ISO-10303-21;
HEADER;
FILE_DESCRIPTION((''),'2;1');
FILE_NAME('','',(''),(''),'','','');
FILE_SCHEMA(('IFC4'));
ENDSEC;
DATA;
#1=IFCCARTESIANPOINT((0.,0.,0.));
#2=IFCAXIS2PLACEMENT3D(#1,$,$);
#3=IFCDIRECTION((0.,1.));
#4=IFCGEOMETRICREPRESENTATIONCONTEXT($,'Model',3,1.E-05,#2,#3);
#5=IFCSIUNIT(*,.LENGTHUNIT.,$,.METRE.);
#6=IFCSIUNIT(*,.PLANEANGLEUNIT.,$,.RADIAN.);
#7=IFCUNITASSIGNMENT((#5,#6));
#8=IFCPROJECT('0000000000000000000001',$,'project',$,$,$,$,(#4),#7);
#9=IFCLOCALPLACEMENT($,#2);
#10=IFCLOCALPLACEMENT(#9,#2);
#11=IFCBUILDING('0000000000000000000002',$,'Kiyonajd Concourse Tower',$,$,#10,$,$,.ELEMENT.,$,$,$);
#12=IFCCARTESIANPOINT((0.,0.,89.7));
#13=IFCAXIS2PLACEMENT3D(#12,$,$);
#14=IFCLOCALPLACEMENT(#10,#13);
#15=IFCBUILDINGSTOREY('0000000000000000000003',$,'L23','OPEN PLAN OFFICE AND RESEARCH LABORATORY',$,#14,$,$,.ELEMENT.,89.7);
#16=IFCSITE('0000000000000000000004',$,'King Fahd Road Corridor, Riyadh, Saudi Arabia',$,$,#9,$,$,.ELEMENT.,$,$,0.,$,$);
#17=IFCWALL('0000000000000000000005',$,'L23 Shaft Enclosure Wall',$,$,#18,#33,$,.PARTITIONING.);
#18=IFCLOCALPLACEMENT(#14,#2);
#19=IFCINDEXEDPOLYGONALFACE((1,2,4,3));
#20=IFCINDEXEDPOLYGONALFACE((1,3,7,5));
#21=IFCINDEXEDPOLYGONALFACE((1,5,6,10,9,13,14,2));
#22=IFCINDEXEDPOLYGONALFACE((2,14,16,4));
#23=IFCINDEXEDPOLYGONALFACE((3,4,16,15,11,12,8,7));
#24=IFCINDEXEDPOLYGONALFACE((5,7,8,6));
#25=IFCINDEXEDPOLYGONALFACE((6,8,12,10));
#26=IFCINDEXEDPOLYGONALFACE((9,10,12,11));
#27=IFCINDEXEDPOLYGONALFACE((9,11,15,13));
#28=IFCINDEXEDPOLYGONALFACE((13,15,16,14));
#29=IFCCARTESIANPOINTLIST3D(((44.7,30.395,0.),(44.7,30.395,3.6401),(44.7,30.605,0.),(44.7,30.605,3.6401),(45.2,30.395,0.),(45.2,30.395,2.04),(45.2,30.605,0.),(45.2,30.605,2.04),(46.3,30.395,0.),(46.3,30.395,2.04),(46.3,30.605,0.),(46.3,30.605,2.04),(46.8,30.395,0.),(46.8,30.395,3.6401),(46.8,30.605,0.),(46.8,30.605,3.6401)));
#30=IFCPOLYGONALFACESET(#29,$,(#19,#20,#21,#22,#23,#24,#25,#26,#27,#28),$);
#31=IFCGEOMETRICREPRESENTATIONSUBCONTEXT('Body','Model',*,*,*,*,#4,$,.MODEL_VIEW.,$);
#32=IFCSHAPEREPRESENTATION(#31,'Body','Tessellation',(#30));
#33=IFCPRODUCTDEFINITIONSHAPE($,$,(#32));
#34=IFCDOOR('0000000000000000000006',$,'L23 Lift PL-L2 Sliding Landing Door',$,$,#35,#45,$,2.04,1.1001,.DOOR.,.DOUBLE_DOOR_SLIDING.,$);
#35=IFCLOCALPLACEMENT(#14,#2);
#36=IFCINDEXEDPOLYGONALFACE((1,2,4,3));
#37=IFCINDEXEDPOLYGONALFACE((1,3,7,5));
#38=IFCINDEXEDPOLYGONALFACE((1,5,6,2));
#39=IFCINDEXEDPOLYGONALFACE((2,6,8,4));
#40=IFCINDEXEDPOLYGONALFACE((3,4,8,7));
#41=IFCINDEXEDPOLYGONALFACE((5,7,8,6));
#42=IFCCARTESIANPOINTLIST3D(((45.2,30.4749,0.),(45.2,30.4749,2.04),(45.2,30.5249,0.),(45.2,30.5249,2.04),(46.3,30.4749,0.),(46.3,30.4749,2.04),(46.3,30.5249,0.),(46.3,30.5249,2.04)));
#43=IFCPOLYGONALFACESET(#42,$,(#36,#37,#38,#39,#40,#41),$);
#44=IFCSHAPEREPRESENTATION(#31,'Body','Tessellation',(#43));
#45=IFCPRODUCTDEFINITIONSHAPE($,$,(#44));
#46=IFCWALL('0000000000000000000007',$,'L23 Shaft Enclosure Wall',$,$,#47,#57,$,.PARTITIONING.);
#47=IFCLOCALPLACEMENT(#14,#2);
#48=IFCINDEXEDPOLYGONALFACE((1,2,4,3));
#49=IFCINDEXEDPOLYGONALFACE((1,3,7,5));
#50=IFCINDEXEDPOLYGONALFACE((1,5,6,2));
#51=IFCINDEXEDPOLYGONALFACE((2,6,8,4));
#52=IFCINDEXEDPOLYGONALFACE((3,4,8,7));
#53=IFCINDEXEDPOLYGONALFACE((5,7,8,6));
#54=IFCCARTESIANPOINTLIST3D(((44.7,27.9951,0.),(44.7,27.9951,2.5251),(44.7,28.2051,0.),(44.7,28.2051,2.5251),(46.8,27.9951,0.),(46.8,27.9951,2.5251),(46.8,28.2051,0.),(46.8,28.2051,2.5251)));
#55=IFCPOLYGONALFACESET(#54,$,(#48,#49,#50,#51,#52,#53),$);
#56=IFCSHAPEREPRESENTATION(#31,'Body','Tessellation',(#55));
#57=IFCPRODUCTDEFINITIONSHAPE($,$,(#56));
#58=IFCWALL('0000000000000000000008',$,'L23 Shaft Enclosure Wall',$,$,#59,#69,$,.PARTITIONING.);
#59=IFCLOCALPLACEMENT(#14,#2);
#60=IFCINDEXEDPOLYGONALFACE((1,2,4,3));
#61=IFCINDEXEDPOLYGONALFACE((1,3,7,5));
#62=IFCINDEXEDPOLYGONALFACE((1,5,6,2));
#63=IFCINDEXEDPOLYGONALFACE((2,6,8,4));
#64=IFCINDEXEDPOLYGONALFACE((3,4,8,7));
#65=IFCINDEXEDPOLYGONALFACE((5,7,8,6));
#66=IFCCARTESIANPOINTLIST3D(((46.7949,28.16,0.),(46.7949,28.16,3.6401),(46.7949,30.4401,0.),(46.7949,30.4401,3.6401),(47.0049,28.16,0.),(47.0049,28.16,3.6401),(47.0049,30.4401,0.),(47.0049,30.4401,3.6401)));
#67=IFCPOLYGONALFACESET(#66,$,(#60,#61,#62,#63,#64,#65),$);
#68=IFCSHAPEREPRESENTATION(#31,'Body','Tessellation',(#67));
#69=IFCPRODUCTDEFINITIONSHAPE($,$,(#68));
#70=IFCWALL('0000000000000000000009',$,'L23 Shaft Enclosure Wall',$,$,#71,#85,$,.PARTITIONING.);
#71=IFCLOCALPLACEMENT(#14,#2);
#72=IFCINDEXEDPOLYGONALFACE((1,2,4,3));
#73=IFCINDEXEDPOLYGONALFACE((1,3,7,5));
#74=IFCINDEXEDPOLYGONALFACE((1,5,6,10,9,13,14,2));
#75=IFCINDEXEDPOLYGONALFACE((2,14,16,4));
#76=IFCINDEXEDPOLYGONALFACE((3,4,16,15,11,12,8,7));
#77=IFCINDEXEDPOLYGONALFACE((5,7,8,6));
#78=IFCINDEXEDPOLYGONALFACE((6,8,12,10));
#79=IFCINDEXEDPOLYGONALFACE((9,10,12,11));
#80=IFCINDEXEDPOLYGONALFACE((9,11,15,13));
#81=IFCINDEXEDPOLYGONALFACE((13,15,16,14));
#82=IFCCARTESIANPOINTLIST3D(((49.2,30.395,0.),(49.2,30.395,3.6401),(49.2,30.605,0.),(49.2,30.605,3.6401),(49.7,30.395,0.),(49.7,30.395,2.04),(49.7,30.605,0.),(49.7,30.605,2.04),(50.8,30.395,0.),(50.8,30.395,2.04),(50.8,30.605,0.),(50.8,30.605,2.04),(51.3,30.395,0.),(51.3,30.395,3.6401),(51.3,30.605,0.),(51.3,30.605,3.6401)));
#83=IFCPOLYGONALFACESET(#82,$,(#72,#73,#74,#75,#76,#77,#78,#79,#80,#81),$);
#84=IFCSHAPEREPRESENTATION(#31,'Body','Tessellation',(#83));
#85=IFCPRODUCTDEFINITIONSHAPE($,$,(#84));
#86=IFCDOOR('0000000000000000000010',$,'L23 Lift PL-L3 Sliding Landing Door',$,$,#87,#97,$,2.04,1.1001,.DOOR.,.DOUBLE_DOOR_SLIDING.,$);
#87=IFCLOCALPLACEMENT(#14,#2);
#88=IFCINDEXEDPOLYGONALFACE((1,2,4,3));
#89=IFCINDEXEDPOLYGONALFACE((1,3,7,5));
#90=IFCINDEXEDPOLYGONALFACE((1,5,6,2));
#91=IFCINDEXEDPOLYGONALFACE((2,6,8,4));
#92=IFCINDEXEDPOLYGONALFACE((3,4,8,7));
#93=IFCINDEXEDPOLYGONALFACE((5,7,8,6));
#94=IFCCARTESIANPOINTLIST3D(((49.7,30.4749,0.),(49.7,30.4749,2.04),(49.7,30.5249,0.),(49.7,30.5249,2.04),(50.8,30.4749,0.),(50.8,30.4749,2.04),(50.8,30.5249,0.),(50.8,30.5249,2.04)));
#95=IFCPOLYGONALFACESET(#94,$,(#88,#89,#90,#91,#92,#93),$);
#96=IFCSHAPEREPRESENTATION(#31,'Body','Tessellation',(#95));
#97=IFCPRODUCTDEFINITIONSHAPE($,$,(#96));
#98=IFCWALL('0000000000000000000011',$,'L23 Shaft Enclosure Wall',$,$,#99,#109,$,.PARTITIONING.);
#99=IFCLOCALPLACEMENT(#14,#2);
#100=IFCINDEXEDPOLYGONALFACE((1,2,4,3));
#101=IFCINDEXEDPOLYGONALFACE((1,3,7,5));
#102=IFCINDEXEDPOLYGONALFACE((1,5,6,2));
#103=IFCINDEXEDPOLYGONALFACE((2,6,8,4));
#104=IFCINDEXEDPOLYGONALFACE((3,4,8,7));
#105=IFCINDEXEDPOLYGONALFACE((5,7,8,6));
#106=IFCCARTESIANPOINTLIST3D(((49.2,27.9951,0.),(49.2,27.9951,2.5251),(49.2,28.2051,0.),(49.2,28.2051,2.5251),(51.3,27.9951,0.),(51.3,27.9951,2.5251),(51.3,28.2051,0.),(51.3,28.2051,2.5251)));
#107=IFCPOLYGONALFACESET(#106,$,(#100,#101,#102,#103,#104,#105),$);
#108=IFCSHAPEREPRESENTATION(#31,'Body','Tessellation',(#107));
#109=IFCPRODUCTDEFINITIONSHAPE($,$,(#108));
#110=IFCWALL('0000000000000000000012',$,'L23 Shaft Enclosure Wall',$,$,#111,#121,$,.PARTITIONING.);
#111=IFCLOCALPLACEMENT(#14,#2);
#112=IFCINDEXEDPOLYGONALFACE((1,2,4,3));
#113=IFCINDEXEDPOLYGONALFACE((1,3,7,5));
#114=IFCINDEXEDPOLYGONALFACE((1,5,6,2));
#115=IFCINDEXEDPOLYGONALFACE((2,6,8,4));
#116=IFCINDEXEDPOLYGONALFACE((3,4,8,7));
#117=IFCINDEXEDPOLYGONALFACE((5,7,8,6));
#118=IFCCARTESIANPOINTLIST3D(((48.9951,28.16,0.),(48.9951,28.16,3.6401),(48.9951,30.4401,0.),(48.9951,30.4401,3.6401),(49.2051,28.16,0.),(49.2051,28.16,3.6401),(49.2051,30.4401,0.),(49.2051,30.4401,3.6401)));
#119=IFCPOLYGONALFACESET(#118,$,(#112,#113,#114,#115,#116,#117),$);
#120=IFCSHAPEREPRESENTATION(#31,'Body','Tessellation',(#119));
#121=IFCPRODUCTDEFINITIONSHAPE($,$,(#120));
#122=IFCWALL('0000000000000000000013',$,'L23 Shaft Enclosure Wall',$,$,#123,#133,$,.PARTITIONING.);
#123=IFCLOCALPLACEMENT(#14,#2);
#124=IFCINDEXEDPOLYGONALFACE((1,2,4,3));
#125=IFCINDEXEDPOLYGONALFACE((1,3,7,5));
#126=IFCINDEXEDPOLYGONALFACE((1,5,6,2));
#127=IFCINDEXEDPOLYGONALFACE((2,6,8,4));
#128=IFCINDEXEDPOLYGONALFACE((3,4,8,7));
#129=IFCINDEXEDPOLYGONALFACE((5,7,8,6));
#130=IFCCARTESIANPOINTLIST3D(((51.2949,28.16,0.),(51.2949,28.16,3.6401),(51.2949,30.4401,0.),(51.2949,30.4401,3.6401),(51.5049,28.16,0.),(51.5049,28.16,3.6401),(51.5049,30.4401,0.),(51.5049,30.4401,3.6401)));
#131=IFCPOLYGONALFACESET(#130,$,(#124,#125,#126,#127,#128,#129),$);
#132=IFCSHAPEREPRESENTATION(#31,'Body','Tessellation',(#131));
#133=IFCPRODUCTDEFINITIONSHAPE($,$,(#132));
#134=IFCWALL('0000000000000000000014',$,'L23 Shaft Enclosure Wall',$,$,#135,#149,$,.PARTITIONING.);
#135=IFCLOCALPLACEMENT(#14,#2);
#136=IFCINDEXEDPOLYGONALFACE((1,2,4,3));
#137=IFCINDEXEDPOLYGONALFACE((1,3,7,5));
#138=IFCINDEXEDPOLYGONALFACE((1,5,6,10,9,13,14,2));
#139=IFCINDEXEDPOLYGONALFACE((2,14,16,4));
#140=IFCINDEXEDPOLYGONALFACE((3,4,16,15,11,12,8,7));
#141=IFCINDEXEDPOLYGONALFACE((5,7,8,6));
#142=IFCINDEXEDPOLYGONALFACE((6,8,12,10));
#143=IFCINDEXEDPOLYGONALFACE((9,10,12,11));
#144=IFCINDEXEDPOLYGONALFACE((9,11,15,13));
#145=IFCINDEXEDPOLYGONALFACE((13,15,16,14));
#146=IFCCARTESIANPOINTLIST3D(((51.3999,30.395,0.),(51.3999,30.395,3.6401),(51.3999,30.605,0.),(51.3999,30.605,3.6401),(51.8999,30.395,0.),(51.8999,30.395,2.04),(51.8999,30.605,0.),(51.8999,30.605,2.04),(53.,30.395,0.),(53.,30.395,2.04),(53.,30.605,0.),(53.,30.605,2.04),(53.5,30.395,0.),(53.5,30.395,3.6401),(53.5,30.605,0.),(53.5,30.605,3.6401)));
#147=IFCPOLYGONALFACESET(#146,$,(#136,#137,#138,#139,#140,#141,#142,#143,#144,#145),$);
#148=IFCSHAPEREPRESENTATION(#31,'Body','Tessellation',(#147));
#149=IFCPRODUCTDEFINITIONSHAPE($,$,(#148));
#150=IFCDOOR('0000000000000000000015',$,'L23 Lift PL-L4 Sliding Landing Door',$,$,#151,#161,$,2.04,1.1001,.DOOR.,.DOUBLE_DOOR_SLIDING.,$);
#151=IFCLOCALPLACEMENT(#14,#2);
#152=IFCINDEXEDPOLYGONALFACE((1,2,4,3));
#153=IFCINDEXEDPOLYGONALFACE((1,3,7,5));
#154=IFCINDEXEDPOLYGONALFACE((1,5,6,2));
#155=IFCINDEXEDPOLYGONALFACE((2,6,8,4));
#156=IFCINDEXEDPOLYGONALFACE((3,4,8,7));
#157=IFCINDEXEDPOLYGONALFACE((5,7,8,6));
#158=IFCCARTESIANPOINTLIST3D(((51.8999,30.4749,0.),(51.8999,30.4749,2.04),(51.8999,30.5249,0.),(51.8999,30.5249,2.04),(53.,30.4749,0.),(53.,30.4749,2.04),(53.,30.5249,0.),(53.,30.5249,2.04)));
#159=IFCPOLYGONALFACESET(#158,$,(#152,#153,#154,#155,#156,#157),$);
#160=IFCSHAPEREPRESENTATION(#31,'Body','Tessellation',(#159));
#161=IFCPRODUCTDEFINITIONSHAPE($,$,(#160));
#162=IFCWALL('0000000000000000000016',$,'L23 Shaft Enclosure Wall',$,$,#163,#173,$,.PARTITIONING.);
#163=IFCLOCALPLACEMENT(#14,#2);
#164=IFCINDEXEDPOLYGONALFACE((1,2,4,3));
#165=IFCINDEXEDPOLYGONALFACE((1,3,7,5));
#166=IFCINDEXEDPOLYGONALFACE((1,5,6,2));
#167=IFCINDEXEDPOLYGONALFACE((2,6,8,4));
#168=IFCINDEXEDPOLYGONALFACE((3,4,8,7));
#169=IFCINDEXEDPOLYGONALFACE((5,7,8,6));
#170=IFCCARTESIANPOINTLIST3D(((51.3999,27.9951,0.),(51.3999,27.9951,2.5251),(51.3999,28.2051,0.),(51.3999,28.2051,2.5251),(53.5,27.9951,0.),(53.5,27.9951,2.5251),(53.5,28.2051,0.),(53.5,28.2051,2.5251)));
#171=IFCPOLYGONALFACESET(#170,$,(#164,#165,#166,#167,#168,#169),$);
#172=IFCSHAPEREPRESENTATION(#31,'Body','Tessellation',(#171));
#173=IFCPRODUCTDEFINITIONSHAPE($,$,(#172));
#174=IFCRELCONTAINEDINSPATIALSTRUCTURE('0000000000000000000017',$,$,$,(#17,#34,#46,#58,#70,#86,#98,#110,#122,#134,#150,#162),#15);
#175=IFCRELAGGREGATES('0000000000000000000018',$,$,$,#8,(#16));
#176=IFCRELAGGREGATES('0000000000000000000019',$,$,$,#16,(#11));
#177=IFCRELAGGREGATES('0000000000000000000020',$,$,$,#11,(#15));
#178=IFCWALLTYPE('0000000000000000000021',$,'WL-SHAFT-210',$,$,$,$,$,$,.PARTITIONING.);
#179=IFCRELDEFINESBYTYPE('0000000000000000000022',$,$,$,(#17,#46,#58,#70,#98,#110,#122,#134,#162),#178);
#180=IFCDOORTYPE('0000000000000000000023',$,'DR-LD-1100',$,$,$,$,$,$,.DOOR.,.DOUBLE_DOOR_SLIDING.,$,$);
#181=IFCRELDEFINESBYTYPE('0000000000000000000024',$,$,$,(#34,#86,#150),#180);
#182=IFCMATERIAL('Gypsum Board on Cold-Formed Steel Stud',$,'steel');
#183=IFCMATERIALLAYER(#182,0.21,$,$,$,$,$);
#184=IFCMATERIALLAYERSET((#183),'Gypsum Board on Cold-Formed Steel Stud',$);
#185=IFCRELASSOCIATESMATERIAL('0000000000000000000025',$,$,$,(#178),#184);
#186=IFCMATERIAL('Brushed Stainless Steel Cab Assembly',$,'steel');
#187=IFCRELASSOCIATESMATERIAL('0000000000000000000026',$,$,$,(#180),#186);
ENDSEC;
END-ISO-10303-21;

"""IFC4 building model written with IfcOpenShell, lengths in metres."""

from ifc_helpers import new_model, si_unit, direction, frame, frame_2d, origin, place, context, subcontext, project, spatial, rectangle, extrude, material, layer, layer_set, type_object, element, fill, save


model = new_model("IFC4")

# Units and contexts
model_context = context("Model", 3, precision=1e-05, world=origin(), true_north=direction((0.0, 1.0)))
body_context = subcontext(model_context, "Body", "Model", "MODEL_VIEW")
ifc_project = project(units=[si_unit("LENGTHUNIT", "METRE"), si_unit("PLANEANGLEUNIT", "RADIAN")], contexts=[model_context])

# Site, building, storey
site_placement = place(None, origin())
site = spatial("IfcSite", under=ifc_project, at=site_placement, Name="King Fahd Road Corridor, Riyadh, Saudi Arabia", CompositionType="ELEMENT", RefElevation=0.0)
building_placement = place(site_placement, origin())
building = spatial("IfcBuilding", under=site, at=building_placement, Name="Kiyonajd Concourse Tower", CompositionType="ELEMENT")
storey_placement = place(building_placement, frame((0.0, 0.0, 89.7)))
storey = spatial("IfcBuildingStorey", under=building, at=storey_placement, Name="L23", Description="OPEN PLAN OFFICE AND RESEARCH LABORATORY", CompositionType="ELEMENT", Elevation=89.7)

# Shared definitions
ifc_material_1 = material(Name="Brushed Stainless Steel Cab Assembly", Category="steel")
ifc_material_2 = material(Name="Gypsum Board on Cold-Formed Steel Stud", Category="steel")
ifc_layer_1 = layer(ifc_material_2, 0.21)
ifc_layer_set_1 = layer_set([ifc_layer_1], Name="Gypsum Board on Cold-Formed Steel Stud")
wall_type_1 = type_object("IfcWallType", Name="WL-SHAFT-210", PredefinedType="PARTITIONING", material=ifc_layer_set_1)

# Wall, opening, door
wall_1_placement = place(storey_placement, frame((44.7, 30.5, 0.0), z_axis=(0.0, 0.0, 1.0), x_axis=(1.0, 0.0, 0.0)))
wall_1 = element("IfcWall", 1, at=wall_1_placement, inside=storey, type_object=wall_type_1, Name="L23 Shaft Enclosure Wall", PredefinedType="PARTITIONING", context=body_context, shape_type="SweptSolid", body=[
    extrude(rectangle(XDim=2.1001, YDim=0.21, at=frame_2d((1.05, 0.0))), origin(), (0.0, 0.0, 1.0), 3.6401),
])
opening_1_placement = place(wall_1_placement, frame((0.5, 0.0, 0.0)))
opening_1 = element("IfcOpeningElement", 2, at=opening_1_placement, cuts=wall_1, PredefinedType="OPENING", context=body_context, shape_type="SweptSolid", body=[
    extrude(rectangle(XDim=1.1001, YDim=2.04, at=frame_2d((0.55, 1.02))), frame((0.0, 0.115, 0.0), z_axis=(0.0, -1.0, 0.0), x_axis=(1.0, 0.0, 0.0)), (0.0, 0.0, 1.0), 0.23),
])
door_type_1 = type_object("IfcDoorType", Name="DR-LD-1100", OperationType="DOUBLE_DOOR_SLIDING", PredefinedType="DOOR", material=ifc_material_1)
door_1_placement = place(opening_1_placement, origin())
door_1 = element("IfcDoor", 3, at=door_1_placement, inside=storey, type_object=door_type_1, Name="L23 Lift PL-L2 Sliding Landing Door", OperationType="DOUBLE_DOOR_SLIDING", OverallHeight=2.04, OverallWidth=1.1001, PredefinedType="DOOR", context=body_context, shape_type="SweptSolid", body=[
    extrude(rectangle(XDim=1.1001, YDim=2.04, at=frame_2d((0.55, 1.02))), frame((0.0, 0.0249, 0.0), z_axis=(0.0, -1.0, 0.0), x_axis=(1.0, 0.0, 0.0)), (0.0, 0.0, 1.0), 0.05),
])
fill(opening_1, door_1)

# Walls
wall_2_placement = place(storey_placement, frame((44.7, 28.1001, 0.0), z_axis=(0.0, 0.0, 1.0), x_axis=(1.0, 0.0, 0.0)))
element("IfcWall", 4, at=wall_2_placement, inside=storey, type_object=wall_type_1, Name="L23 Shaft Enclosure Wall", PredefinedType="PARTITIONING", context=body_context, shape_type="SweptSolid", body=[
    extrude(rectangle(XDim=2.1001, YDim=0.21, at=frame_2d((1.05, 0.0))), origin(), (0.0, 0.0, 1.0), 2.5251),
])
wall_3_placement = place(storey_placement, frame((46.8999, 28.1599, 0.0), z_axis=(0.0, 0.0, 1.0), x_axis=(0.0, 1.0, 0.0)))
element("IfcWall", 5, at=wall_3_placement, inside=storey, type_object=wall_type_1, Name="L23 Shaft Enclosure Wall", PredefinedType="PARTITIONING", context=body_context, shape_type="SweptSolid", body=[
    extrude(rectangle(XDim=2.28, YDim=0.21, at=frame_2d((1.1401, 0.0))), origin(), (0.0, 0.0, 1.0), 3.6401),
])

# Wall, opening, door
wall_4_placement = place(storey_placement, frame((49.2, 30.5, 0.0), z_axis=(0.0, 0.0, 1.0), x_axis=(1.0, 0.0, 0.0)))
wall_4 = element("IfcWall", 6, at=wall_4_placement, inside=storey, type_object=wall_type_1, Name="L23 Shaft Enclosure Wall", PredefinedType="PARTITIONING", context=body_context, shape_type="SweptSolid", body=[
    extrude(rectangle(XDim=2.1001, YDim=0.21, at=frame_2d((1.05, 0.0))), origin(), (0.0, 0.0, 1.0), 3.6401),
])
opening_2_placement = place(wall_4_placement, frame((0.5, 0.0, 0.0)))
opening_2 = element("IfcOpeningElement", 7, at=opening_2_placement, cuts=wall_4, PredefinedType="OPENING", context=body_context, shape_type="SweptSolid", body=[
    extrude(rectangle(XDim=1.1001, YDim=2.04, at=frame_2d((0.55, 1.02))), frame((0.0, 0.115, 0.0), z_axis=(0.0, -1.0, 0.0), x_axis=(1.0, 0.0, 0.0)), (0.0, 0.0, 1.0), 0.23),
])
door_2_placement = place(opening_2_placement, origin())
door_2 = element("IfcDoor", 8, at=door_2_placement, inside=storey, type_object=door_type_1, Name="L23 Lift PL-L3 Sliding Landing Door", OperationType="DOUBLE_DOOR_SLIDING", OverallHeight=2.04, OverallWidth=1.1001, PredefinedType="DOOR", context=body_context, shape_type="SweptSolid", body=[
    extrude(rectangle(XDim=1.1001, YDim=2.04, at=frame_2d((0.55, 1.02))), frame((0.0, 0.0249, 0.0), z_axis=(0.0, -1.0, 0.0), x_axis=(1.0, 0.0, 0.0)), (0.0, 0.0, 1.0), 0.05),
])
fill(opening_2, door_2)

# Walls
wall_5_placement = place(storey_placement, frame((49.2, 28.1001, 0.0), z_axis=(0.0, 0.0, 1.0), x_axis=(1.0, 0.0, 0.0)))
element("IfcWall", 9, at=wall_5_placement, inside=storey, type_object=wall_type_1, Name="L23 Shaft Enclosure Wall", PredefinedType="PARTITIONING", context=body_context, shape_type="SweptSolid", body=[
    extrude(rectangle(XDim=2.1001, YDim=0.21, at=frame_2d((1.05, 0.0))), origin(), (0.0, 0.0, 1.0), 2.5251),
])
for number, where, z_axis, x_axis, name in (
    (10, (49.1001, 28.1599, 0.0), (0.0, 0.0, 1.0), (0.0, 1.0, 0.0), "L23 Shaft Enclosure Wall"),
    (11, (51.3999, 28.1599, 0.0), (0.0, 0.0, 1.0), (0.0, 1.0, 0.0), "L23 Shaft Enclosure Wall"),
):
    element("IfcWall", number, at=place(storey_placement, frame(where, z_axis=z_axis, x_axis=x_axis)), inside=storey, type_object=wall_type_1, Name=name, PredefinedType="PARTITIONING", context=body_context, shape_type="SweptSolid", body=[
        extrude(rectangle(XDim=2.28, YDim=0.21, at=frame_2d((1.1401, 0.0))), origin(), (0.0, 0.0, 1.0), 3.6401),
    ])

# Wall, opening, door
wall_6_placement = place(storey_placement, frame((51.3999, 30.5, 0.0), z_axis=(0.0, 0.0, 1.0), x_axis=(1.0, 0.0, 0.0)))
wall_6 = element("IfcWall", 12, at=wall_6_placement, inside=storey, type_object=wall_type_1, Name="L23 Shaft Enclosure Wall", PredefinedType="PARTITIONING", context=body_context, shape_type="SweptSolid", body=[
    extrude(rectangle(XDim=2.1001, YDim=0.21, at=frame_2d((1.05, 0.0))), origin(), (0.0, 0.0, 1.0), 3.6401),
])
opening_3_placement = place(wall_6_placement, frame((0.5, 0.0, 0.0)))
opening_3 = element("IfcOpeningElement", 13, at=opening_3_placement, cuts=wall_6, PredefinedType="OPENING", context=body_context, shape_type="SweptSolid", body=[
    extrude(rectangle(XDim=1.1001, YDim=2.04, at=frame_2d((0.55, 1.02))), frame((0.0, 0.115, 0.0), z_axis=(0.0, -1.0, 0.0), x_axis=(1.0, 0.0, 0.0)), (0.0, 0.0, 1.0), 0.23),
])
door_3_placement = place(opening_3_placement, origin())
door_3 = element("IfcDoor", 14, at=door_3_placement, inside=storey, type_object=door_type_1, Name="L23 Lift PL-L4 Sliding Landing Door", OperationType="DOUBLE_DOOR_SLIDING", OverallHeight=2.04, OverallWidth=1.1001, PredefinedType="DOOR", context=body_context, shape_type="SweptSolid", body=[
    extrude(rectangle(XDim=1.1001, YDim=2.04, at=frame_2d((0.55, 1.02))), frame((0.0, 0.0249, 0.0), z_axis=(0.0, -1.0, 0.0), x_axis=(1.0, 0.0, 0.0)), (0.0, 0.0, 1.0), 0.05),
])
fill(opening_3, door_3)

# Wall
wall_7_placement = place(storey_placement, frame((51.3999, 28.1001, 0.0), z_axis=(0.0, 0.0, 1.0), x_axis=(1.0, 0.0, 0.0)))
element("IfcWall", 15, at=wall_7_placement, inside=storey, type_object=wall_type_1, Name="L23 Shaft Enclosure Wall", PredefinedType="PARTITIONING", context=body_context, shape_type="SweptSolid", body=[
    extrude(rectangle(XDim=2.1001, YDim=0.21, at=frame_2d((1.05, 0.0))), origin(), (0.0, 0.0, 1.0), 2.5251),
])

save(model, "model.ifc")
